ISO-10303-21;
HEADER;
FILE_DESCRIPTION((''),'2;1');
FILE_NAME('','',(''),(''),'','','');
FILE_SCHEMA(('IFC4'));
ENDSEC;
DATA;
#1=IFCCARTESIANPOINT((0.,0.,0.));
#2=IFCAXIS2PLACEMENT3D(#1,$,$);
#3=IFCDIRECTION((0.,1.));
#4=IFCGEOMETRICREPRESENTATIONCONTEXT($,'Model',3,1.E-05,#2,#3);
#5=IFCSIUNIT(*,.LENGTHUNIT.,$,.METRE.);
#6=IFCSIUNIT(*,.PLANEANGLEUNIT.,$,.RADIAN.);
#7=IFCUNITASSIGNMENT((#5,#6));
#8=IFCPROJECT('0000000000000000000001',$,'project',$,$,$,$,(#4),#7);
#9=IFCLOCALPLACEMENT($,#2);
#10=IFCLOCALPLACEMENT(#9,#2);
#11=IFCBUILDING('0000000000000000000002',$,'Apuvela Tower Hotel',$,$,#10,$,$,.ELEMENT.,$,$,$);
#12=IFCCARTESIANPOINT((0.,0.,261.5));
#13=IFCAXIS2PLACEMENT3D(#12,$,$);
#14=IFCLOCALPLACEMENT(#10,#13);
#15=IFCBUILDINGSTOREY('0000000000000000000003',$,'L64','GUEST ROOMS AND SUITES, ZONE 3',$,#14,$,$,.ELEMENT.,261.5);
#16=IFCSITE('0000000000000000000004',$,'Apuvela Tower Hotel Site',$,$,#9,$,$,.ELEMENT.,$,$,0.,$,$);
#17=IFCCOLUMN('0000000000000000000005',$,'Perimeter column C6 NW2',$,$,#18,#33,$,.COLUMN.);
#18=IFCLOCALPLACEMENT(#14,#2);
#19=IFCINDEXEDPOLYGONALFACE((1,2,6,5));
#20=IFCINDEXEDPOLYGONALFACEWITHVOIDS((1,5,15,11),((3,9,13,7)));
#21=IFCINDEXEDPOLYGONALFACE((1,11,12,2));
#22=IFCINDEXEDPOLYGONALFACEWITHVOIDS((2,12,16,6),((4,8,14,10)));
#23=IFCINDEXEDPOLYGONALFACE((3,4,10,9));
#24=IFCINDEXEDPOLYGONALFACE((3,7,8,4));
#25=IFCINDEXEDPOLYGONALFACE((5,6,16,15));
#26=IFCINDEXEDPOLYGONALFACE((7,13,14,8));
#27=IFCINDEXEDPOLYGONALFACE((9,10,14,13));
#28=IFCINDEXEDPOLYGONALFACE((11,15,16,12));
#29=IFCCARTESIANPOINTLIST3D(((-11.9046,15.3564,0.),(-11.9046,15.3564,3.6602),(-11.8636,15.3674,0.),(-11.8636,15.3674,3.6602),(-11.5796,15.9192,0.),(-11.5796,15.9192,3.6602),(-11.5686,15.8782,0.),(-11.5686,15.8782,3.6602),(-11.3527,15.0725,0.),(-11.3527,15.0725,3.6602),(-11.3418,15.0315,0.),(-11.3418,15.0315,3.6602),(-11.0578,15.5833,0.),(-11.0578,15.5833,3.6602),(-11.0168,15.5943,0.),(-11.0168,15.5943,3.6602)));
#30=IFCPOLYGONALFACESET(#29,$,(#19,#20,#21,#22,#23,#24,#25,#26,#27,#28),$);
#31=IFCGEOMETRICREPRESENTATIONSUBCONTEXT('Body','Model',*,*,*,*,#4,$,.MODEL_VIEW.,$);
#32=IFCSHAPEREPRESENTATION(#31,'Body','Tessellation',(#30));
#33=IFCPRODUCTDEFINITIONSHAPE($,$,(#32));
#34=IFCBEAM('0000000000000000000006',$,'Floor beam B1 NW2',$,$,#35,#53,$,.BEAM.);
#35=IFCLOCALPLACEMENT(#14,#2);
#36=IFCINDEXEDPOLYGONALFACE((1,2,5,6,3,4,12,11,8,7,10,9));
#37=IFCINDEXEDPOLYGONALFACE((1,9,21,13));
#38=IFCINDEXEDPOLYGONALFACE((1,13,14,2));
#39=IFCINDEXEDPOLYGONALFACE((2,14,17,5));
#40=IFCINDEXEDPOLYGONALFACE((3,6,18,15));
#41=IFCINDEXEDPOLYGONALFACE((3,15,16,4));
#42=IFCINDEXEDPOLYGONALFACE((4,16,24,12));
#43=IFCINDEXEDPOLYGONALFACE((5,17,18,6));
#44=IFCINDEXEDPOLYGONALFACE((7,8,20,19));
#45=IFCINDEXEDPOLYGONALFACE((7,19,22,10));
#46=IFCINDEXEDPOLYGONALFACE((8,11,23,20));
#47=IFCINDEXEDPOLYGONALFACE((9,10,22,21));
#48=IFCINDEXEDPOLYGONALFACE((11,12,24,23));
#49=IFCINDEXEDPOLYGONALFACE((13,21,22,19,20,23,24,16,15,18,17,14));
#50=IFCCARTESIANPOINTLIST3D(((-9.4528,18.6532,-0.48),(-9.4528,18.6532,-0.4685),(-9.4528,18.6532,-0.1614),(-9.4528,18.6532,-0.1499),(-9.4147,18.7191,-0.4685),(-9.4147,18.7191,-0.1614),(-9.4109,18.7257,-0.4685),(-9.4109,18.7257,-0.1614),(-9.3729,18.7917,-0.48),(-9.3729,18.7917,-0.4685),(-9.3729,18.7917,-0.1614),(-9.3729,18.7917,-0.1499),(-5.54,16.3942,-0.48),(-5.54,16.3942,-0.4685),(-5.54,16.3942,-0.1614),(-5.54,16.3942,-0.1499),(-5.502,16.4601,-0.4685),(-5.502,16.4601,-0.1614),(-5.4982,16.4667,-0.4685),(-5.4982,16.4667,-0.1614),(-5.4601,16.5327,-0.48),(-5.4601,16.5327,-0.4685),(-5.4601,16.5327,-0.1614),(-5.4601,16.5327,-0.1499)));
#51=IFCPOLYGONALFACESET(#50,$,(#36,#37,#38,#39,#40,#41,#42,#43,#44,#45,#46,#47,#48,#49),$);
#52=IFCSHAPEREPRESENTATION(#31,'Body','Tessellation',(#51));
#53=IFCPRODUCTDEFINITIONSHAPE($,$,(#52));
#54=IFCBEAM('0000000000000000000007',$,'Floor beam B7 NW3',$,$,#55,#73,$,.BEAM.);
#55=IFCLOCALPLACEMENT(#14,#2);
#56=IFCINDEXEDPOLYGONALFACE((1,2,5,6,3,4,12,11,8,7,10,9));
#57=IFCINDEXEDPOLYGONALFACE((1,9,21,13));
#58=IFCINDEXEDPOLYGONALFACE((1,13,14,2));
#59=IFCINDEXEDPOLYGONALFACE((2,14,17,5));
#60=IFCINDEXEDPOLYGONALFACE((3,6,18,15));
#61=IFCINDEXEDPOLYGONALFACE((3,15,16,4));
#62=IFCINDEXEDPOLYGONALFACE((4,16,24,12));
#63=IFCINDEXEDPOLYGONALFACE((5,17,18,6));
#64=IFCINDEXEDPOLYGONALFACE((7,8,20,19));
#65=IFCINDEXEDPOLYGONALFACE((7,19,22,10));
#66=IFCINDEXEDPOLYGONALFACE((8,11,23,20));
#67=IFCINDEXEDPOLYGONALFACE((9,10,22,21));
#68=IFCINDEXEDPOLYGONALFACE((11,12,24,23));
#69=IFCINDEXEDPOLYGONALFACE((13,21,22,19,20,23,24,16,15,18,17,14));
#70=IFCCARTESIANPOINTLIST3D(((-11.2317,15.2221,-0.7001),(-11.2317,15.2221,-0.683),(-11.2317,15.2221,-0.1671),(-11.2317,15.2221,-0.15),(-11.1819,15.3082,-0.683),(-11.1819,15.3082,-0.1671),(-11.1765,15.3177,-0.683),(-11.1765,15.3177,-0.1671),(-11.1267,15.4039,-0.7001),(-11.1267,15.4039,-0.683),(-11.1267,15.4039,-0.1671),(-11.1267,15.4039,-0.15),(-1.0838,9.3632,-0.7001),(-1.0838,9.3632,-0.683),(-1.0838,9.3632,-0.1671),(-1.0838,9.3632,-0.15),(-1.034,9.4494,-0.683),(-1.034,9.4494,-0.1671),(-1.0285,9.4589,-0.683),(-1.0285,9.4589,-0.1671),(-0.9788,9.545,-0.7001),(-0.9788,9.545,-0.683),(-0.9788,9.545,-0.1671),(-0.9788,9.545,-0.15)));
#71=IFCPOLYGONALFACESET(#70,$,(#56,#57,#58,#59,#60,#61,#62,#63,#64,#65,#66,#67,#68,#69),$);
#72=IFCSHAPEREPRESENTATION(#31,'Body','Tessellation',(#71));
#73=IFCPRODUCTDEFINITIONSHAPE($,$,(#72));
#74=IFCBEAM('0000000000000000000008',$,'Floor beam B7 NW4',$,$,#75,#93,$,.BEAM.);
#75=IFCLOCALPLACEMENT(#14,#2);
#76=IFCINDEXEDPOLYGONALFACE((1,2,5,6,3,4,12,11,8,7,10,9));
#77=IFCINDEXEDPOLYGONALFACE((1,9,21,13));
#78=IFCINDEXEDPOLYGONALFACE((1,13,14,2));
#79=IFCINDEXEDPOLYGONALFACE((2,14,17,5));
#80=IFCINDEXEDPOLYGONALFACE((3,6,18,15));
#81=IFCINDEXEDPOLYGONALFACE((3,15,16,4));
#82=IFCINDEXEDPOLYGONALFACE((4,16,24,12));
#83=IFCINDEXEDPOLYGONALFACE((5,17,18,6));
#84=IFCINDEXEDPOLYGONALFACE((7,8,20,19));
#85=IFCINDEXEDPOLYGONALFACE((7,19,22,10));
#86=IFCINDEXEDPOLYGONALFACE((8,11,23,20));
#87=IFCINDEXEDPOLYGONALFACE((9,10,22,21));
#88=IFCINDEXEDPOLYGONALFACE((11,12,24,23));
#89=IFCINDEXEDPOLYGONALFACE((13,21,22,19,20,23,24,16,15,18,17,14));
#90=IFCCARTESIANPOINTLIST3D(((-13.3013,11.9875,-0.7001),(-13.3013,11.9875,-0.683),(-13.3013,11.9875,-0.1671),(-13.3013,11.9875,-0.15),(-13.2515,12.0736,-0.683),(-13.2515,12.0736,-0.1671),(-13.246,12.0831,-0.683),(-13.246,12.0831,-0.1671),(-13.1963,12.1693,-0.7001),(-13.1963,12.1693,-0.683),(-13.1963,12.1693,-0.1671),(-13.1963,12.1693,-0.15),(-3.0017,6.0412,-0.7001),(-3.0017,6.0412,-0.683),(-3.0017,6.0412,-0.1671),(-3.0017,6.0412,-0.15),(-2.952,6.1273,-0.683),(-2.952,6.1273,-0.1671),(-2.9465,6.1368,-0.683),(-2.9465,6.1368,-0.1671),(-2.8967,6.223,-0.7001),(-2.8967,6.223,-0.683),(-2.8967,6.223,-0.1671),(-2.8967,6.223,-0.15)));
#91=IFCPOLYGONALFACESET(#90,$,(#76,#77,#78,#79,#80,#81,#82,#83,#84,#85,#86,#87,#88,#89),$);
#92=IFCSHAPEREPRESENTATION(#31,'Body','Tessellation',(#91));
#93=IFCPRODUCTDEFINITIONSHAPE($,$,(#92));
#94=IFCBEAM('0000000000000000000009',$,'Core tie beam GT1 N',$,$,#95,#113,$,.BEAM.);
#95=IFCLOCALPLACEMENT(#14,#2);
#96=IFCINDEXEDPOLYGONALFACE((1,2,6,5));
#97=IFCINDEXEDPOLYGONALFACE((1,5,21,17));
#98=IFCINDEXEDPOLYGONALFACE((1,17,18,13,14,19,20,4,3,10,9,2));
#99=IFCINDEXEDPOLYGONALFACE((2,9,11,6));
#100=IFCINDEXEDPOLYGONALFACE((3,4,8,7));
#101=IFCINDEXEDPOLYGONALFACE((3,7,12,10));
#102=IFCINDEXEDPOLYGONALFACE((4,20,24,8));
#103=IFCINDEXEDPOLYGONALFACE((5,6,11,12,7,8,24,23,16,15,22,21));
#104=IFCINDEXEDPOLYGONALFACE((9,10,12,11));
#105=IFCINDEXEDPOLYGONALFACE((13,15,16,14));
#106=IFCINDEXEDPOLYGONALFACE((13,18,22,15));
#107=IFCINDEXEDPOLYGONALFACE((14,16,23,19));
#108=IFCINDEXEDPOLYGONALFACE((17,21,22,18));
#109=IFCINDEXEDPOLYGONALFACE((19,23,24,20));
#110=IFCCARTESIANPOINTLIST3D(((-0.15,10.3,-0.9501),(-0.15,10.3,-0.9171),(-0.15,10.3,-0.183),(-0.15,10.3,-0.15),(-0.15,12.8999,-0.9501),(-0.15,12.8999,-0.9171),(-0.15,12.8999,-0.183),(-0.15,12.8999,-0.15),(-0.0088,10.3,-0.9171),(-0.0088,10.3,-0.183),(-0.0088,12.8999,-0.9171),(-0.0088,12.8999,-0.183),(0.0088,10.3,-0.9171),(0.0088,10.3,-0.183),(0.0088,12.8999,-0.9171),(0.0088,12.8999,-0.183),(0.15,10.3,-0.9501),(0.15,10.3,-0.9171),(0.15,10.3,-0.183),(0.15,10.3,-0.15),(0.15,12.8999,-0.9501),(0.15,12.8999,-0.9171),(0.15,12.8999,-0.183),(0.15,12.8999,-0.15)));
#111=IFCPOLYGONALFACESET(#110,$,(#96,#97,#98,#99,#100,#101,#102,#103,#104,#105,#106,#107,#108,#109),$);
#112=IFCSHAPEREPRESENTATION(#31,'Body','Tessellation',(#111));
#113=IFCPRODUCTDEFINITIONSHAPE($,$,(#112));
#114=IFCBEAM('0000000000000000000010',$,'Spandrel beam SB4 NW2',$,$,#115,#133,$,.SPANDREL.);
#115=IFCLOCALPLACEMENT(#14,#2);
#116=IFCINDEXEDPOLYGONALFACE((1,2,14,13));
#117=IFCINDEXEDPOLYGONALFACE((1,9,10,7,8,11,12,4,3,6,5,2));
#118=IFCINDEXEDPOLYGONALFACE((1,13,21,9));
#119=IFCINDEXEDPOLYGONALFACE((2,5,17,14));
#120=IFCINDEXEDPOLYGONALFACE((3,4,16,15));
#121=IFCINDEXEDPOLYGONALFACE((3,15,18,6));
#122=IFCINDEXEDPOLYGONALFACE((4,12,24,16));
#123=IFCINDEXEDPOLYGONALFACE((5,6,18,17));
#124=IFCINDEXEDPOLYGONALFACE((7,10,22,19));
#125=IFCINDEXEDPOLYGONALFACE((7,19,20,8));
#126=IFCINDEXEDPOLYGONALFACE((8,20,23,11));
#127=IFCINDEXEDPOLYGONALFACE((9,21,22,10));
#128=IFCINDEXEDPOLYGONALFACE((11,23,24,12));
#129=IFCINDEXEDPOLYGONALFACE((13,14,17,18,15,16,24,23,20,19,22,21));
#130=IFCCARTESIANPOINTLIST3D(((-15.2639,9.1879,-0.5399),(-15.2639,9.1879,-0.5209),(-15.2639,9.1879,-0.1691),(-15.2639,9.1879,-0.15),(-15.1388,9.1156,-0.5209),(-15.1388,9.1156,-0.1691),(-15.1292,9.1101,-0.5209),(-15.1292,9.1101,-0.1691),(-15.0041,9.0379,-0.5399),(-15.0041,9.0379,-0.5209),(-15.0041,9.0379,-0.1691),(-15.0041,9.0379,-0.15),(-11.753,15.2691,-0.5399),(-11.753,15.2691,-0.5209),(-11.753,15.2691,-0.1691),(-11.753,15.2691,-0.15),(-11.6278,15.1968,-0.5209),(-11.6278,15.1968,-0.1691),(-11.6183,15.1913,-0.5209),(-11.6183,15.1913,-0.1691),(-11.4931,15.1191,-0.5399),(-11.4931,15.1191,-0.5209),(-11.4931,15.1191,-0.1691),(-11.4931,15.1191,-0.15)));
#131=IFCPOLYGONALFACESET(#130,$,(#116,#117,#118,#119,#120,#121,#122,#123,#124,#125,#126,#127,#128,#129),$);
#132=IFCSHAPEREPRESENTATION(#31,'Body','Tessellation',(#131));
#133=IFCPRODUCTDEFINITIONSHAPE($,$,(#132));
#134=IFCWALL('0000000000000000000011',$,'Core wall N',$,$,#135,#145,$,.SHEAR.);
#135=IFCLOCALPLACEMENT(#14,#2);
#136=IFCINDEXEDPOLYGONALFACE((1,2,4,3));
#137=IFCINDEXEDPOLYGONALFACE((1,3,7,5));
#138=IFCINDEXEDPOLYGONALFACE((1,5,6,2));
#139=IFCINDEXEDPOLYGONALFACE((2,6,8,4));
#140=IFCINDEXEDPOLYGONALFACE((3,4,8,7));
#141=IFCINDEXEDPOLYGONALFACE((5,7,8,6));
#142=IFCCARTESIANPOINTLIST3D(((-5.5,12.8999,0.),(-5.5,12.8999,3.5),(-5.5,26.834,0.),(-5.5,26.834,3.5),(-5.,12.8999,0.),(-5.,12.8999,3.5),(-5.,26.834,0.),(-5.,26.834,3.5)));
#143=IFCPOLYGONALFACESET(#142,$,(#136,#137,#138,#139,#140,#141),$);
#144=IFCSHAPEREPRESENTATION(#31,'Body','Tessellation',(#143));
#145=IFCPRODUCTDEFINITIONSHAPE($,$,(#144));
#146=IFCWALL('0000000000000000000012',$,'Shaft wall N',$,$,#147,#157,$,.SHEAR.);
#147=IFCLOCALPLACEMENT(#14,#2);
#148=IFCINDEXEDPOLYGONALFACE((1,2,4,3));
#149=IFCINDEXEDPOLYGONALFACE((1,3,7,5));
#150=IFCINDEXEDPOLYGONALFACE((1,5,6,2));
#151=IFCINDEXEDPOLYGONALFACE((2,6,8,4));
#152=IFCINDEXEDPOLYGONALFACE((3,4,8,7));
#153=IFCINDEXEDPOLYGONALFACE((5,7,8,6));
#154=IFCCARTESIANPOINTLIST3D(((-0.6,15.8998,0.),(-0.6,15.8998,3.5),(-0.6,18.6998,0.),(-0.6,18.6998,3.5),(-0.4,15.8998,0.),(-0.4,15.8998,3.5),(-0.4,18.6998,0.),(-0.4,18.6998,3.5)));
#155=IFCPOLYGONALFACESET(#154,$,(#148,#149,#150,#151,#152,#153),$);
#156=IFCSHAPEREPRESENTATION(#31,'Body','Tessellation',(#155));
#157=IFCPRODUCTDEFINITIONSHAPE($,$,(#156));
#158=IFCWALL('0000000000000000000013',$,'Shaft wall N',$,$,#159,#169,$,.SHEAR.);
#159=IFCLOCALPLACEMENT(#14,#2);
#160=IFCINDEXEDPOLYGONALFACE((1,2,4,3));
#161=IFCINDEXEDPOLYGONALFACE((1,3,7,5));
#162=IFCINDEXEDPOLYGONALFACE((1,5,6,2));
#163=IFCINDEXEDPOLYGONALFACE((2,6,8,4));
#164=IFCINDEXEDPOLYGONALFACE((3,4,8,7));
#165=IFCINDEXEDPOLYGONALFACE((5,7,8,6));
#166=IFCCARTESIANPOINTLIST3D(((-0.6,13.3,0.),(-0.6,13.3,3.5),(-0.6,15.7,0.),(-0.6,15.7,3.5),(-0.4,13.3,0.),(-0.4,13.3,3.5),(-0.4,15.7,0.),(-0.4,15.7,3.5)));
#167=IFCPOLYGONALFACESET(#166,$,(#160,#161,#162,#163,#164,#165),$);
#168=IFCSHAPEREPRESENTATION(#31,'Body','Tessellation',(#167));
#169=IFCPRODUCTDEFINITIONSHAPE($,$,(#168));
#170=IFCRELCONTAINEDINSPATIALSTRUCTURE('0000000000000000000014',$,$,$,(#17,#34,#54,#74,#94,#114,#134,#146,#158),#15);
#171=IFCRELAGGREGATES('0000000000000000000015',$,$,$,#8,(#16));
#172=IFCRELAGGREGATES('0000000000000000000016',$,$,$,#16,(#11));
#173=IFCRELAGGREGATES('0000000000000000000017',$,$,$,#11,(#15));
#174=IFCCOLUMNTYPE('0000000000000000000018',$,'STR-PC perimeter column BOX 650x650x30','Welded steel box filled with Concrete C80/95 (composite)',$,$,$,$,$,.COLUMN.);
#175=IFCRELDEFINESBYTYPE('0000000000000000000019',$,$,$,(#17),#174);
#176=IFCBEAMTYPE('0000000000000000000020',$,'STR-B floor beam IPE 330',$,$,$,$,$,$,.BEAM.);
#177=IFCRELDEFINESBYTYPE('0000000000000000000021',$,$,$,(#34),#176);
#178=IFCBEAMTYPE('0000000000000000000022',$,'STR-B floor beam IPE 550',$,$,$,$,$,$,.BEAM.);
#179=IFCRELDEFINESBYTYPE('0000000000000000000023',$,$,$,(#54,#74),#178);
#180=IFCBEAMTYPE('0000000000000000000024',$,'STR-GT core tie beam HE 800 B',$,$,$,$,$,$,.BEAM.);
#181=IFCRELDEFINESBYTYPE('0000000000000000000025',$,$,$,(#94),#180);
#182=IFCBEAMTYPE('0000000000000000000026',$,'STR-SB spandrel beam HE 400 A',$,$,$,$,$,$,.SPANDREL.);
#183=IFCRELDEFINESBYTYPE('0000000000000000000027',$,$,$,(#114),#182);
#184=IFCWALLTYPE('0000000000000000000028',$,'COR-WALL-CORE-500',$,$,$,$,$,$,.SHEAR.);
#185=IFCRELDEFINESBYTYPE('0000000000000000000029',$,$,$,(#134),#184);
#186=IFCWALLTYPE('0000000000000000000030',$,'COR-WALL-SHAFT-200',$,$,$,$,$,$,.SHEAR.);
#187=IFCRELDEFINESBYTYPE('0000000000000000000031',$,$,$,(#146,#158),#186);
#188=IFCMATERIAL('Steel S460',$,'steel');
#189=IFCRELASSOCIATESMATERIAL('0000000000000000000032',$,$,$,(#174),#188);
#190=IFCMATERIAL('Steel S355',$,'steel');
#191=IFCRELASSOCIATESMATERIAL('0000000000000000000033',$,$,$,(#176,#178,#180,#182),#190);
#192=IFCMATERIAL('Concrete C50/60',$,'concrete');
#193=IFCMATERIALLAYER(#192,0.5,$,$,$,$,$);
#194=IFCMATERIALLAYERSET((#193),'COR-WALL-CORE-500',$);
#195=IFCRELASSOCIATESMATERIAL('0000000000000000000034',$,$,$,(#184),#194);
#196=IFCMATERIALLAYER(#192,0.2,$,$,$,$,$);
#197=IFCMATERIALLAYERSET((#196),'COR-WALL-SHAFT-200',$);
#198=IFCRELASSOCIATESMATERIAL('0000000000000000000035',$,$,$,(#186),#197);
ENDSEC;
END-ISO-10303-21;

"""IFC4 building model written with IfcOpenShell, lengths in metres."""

from ifc_helpers import new_model, si_unit, direction, frame, frame_2d, origin, origin_2d, place, context, subcontext, project, spatial, rectangle, hollow_rectangle, i_section, extrude, boolean, halfspace, material, layer, layer_set, material_profile, profile_set, type_object, element, save


model = new_model("IFC4")

# Units and contexts
model_context = context("Model", 3, precision=1e-05, world=origin(), true_north=direction((0.0, 1.0)))
body_context = subcontext(model_context, "Body", "Model", "MODEL_VIEW")
ifc_project = project(units=[si_unit("LENGTHUNIT", "METRE"), si_unit("PLANEANGLEUNIT", "RADIAN")], contexts=[model_context])

# Site, building, storey
site_placement = place(None, origin())
site = spatial("IfcSite", under=ifc_project, at=site_placement, Name="Apuvela Tower Hotel Site", CompositionType="ELEMENT", RefElevation=0.0)
building_placement = place(site_placement, origin())
building = spatial("IfcBuilding", under=site, at=building_placement, Name="Apuvela Tower Hotel", CompositionType="ELEMENT")
storey_placement = place(building_placement, frame((0.0, 0.0, 261.5)))
storey = spatial("IfcBuildingStorey", under=building, at=storey_placement, Name="L64", Description="GUEST ROOMS AND SUITES, ZONE 3", CompositionType="ELEMENT", Elevation=261.5)

# Column
ifc_material_1 = material(Name="Steel S460", Category="steel")
ifc_material_profile_1 = material_profile(ifc_material_1, hollow_rectangle(XDim=0.6499, YDim=0.6499, WallThickness=0.03, at=origin_2d()), Name="BOX 650x650x30")
ifc_material_2 = material(Name="Concrete C80/95", Category="concrete")
ifc_material_profile_2 = material_profile(ifc_material_2, rectangle(XDim=0.5901, YDim=0.5901, at=origin_2d()), Name="Concrete C80/95 infill")
ifc_profile_set_1 = profile_set([ifc_material_profile_1, ifc_material_profile_2], Name="Steel S460")
column_type = type_object("IfcColumnType", Name="STR-PC perimeter column BOX 650x650x30", Description="Welded steel box filled with Concrete C80/95 (composite)", PredefinedType="COLUMN", material=ifc_profile_set_1)
column_placement = place(storey_placement, frame((-11.4607, 15.4753, 0.0), z_axis=(0.0, 0.0, 1.0), x_axis=(0.5, 0.866025, 0.0)))
element("IfcColumn", 1, at=column_placement, inside=storey, type_object=column_type, Name="Perimeter column C6 NW2", PredefinedType="COLUMN", context=body_context, shape_type="SweptSolid", body=[
    boolean("DIFFERENCE", extrude(hollow_rectangle(XDim=0.6499, YDim=0.6499, WallThickness=0.03, at=origin_2d()), origin(), (0.0, 0.0, 1.0), 3.7), halfspace(frame((0.0, 0.0, 3.6602), z_axis=(0.0, 0.0, 1.0), x_axis=(1.0, 0.0, 0.0)), False)),
])

# Beams
ifc_material_3 = material(Name="Steel S355", Category="steel")
ifc_material_profile_3 = material_profile(ifc_material_3, i_section(OverallWidth=0.1599, OverallDepth=0.3301, WebThickness=0.0076, FlangeThickness=0.0115, at=origin_2d()), Name="IPE 330")
ifc_profile_set_2 = profile_set([ifc_material_profile_3], Name="Steel S355")
beam_type_1 = type_object("IfcBeamType", Name="STR-B floor beam IPE 330", PredefinedType="BEAM", material=ifc_profile_set_2)
beam_1_placement = place(storey_placement, frame((-9.4128, 18.7224, -0.3149), z_axis=(0.86603, -0.499992, 0.0), x_axis=(0.499992, 0.86603, 0.0)))
element("IfcBeam", 2, at=beam_1_placement, inside=storey, type_object=beam_type_1, Name="Floor beam B1 NW2", PredefinedType="BEAM", context=body_context, shape_type="SweptSolid", body=[
    extrude(i_section(OverallWidth=0.1599, OverallDepth=0.3301, WebThickness=0.0076, FlangeThickness=0.0115, at=origin_2d()), origin(), (0.0, 0.0, 1.0), 4.5181),
])
ifc_material_profile_4 = material_profile(ifc_material_3, i_section(OverallWidth=0.21, OverallDepth=0.55, WebThickness=0.011, FlangeThickness=0.0171, at=origin_2d()), Name="IPE 550")
ifc_profile_set_3 = profile_set([ifc_material_profile_4], Name="Steel S355")
beam_type_2 = type_object("IfcBeamType", Name="STR-B floor beam IPE 550", PredefinedType="BEAM", material=ifc_profile_set_3)
beam_2_placement = place(storey_placement, frame((-11.1792, 15.313, -0.425), z_axis=(0.866027, -0.499998, 0.0), x_axis=(0.499998, 0.866027, 0.0)))
element("IfcBeam", 3, at=beam_2_placement, inside=storey, type_object=beam_type_2, Name="Floor beam B7 NW3", PredefinedType="BEAM", context=body_context, shape_type="SweptSolid", body=[
    extrude(i_section(OverallWidth=0.21, OverallDepth=0.55, WebThickness=0.011, FlangeThickness=0.0171, at=origin_2d()), origin(), (0.0, 0.0, 1.0), 11.7178),
])
beam_3_placement = place(storey_placement, frame((-13.2488, 12.0784, -0.425), z_axis=(0.866031, -0.49999, 0.0), x_axis=(0.49999, 0.866031, 0.0)))
element("IfcBeam", 4, at=beam_3_placement, inside=storey, type_object=beam_type_2, Name="Floor beam B7 NW4", PredefinedType="BEAM", context=body_context, shape_type="SweptSolid", body=[
    extrude(i_section(OverallWidth=0.21, OverallDepth=0.55, WebThickness=0.011, FlangeThickness=0.0171, at=origin_2d()), origin(), (0.0, 0.0, 1.0), 11.8928),
])
ifc_material_profile_5 = material_profile(ifc_material_3, i_section(OverallWidth=0.3, OverallDepth=0.8, WebThickness=0.0176, FlangeThickness=0.033, at=origin_2d()), Name="HE 800 B")
ifc_profile_set_4 = profile_set([ifc_material_profile_5], Name="Steel S355")
beam_type_3 = type_object("IfcBeamType", Name="STR-GT core tie beam HE 800 B", PredefinedType="BEAM", material=ifc_profile_set_4)
beam_4_placement = place(storey_placement, frame((0.0, 12.8999, -0.55), z_axis=(0.0, -1.0, 0.0), x_axis=(1.0, 0.0, 0.0)))
element("IfcBeam", 5, at=beam_4_placement, inside=storey, type_object=beam_type_3, Name="Core tie beam GT1 N", PredefinedType="BEAM", context=body_context, shape_type="SweptSolid", body=[
    extrude(i_section(OverallWidth=0.3, OverallDepth=0.8, WebThickness=0.0176, FlangeThickness=0.033, at=origin_2d()), origin(), (0.0, 0.0, 1.0), 2.5999),
])
ifc_material_profile_6 = material_profile(ifc_material_3, i_section(OverallWidth=0.3, OverallDepth=0.3899, WebThickness=0.011, FlangeThickness=0.019, at=origin_2d()), Name="HE 400 A")
ifc_profile_set_5 = profile_set([ifc_material_profile_6], Name="Steel S355")
beam_type_4 = type_object("IfcBeamType", Name="STR-SB spandrel beam HE 400 A", PredefinedType="SPANDREL", material=ifc_profile_set_5)
beam_5_placement = place(storey_placement, frame((-11.623, 15.1941, -0.345), z_axis=(-0.499994, -0.866029, 0.0), x_axis=(0.866029, -0.499994, 0.0)))
element("IfcBeam", 6, at=beam_5_placement, inside=storey, type_object=beam_type_4, Name="Spandrel beam SB4 NW2", PredefinedType="SPANDREL", context=body_context, shape_type="SweptSolid", body=[
    extrude(i_section(OverallWidth=0.3, OverallDepth=0.3899, WebThickness=0.011, FlangeThickness=0.019, at=origin_2d()), origin(), (0.0, 0.0, 1.0), 7.022),
])

# Walls
ifc_material_4 = material(Name="Concrete C50/60", Category="concrete")
ifc_layer_1 = layer(ifc_material_4, 0.5)
ifc_layer_set_1 = layer_set([ifc_layer_1], Name="COR-WALL-CORE-500")
wall_type_1 = type_object("IfcWallType", Name="COR-WALL-CORE-500", PredefinedType="SHEAR", material=ifc_layer_set_1)
wall_1_placement = place(storey_placement, frame((-5.25, 12.8999, 0.0), z_axis=(0.0, 0.0, 1.0), x_axis=(0.0, 1.0, 0.0)))
element("IfcWall", 7, at=wall_1_placement, inside=storey, type_object=wall_type_1, Name="Core wall N", PredefinedType="SHEAR", context=body_context, shape_type="SweptSolid", body=[
    extrude(rectangle(XDim=13.9341, YDim=0.5, at=frame_2d((6.967, 0.0))), origin(), (0.0, 0.0, 1.0), 3.5),
])
ifc_layer_2 = layer(ifc_material_4, 0.2)
ifc_layer_set_2 = layer_set([ifc_layer_2], Name="COR-WALL-SHAFT-200")
wall_type_2 = type_object("IfcWallType", Name="COR-WALL-SHAFT-200", PredefinedType="SHEAR", material=ifc_layer_set_2)
wall_2_placement = place(storey_placement, frame((-0.5, 15.8999, 0.0), z_axis=(0.0, 0.0, 1.0), x_axis=(0.0, 1.0, 0.0)))
element("IfcWall", 8, at=wall_2_placement, inside=storey, type_object=wall_type_2, Name="Shaft wall N", PredefinedType="SHEAR", context=body_context, shape_type="SweptSolid", body=[
    extrude(rectangle(XDim=2.8, YDim=0.2, at=frame_2d((1.3999, 0.0))), origin(), (0.0, 0.0, 1.0), 3.5),
])
wall_3_placement = place(storey_placement, frame((-0.5, 13.3, 0.0), z_axis=(0.0, 0.0, 1.0), x_axis=(0.0, 1.0, 0.0)))
element("IfcWall", 9, at=wall_3_placement, inside=storey, type_object=wall_type_2, Name="Shaft wall N", PredefinedType="SHEAR", context=body_context, shape_type="SweptSolid", body=[
    extrude(rectangle(XDim=2.3999, YDim=0.2, at=frame_2d((1.2, 0.0))), origin(), (0.0, 0.0, 1.0), 3.5),
])

save(model, "model.ifc")
